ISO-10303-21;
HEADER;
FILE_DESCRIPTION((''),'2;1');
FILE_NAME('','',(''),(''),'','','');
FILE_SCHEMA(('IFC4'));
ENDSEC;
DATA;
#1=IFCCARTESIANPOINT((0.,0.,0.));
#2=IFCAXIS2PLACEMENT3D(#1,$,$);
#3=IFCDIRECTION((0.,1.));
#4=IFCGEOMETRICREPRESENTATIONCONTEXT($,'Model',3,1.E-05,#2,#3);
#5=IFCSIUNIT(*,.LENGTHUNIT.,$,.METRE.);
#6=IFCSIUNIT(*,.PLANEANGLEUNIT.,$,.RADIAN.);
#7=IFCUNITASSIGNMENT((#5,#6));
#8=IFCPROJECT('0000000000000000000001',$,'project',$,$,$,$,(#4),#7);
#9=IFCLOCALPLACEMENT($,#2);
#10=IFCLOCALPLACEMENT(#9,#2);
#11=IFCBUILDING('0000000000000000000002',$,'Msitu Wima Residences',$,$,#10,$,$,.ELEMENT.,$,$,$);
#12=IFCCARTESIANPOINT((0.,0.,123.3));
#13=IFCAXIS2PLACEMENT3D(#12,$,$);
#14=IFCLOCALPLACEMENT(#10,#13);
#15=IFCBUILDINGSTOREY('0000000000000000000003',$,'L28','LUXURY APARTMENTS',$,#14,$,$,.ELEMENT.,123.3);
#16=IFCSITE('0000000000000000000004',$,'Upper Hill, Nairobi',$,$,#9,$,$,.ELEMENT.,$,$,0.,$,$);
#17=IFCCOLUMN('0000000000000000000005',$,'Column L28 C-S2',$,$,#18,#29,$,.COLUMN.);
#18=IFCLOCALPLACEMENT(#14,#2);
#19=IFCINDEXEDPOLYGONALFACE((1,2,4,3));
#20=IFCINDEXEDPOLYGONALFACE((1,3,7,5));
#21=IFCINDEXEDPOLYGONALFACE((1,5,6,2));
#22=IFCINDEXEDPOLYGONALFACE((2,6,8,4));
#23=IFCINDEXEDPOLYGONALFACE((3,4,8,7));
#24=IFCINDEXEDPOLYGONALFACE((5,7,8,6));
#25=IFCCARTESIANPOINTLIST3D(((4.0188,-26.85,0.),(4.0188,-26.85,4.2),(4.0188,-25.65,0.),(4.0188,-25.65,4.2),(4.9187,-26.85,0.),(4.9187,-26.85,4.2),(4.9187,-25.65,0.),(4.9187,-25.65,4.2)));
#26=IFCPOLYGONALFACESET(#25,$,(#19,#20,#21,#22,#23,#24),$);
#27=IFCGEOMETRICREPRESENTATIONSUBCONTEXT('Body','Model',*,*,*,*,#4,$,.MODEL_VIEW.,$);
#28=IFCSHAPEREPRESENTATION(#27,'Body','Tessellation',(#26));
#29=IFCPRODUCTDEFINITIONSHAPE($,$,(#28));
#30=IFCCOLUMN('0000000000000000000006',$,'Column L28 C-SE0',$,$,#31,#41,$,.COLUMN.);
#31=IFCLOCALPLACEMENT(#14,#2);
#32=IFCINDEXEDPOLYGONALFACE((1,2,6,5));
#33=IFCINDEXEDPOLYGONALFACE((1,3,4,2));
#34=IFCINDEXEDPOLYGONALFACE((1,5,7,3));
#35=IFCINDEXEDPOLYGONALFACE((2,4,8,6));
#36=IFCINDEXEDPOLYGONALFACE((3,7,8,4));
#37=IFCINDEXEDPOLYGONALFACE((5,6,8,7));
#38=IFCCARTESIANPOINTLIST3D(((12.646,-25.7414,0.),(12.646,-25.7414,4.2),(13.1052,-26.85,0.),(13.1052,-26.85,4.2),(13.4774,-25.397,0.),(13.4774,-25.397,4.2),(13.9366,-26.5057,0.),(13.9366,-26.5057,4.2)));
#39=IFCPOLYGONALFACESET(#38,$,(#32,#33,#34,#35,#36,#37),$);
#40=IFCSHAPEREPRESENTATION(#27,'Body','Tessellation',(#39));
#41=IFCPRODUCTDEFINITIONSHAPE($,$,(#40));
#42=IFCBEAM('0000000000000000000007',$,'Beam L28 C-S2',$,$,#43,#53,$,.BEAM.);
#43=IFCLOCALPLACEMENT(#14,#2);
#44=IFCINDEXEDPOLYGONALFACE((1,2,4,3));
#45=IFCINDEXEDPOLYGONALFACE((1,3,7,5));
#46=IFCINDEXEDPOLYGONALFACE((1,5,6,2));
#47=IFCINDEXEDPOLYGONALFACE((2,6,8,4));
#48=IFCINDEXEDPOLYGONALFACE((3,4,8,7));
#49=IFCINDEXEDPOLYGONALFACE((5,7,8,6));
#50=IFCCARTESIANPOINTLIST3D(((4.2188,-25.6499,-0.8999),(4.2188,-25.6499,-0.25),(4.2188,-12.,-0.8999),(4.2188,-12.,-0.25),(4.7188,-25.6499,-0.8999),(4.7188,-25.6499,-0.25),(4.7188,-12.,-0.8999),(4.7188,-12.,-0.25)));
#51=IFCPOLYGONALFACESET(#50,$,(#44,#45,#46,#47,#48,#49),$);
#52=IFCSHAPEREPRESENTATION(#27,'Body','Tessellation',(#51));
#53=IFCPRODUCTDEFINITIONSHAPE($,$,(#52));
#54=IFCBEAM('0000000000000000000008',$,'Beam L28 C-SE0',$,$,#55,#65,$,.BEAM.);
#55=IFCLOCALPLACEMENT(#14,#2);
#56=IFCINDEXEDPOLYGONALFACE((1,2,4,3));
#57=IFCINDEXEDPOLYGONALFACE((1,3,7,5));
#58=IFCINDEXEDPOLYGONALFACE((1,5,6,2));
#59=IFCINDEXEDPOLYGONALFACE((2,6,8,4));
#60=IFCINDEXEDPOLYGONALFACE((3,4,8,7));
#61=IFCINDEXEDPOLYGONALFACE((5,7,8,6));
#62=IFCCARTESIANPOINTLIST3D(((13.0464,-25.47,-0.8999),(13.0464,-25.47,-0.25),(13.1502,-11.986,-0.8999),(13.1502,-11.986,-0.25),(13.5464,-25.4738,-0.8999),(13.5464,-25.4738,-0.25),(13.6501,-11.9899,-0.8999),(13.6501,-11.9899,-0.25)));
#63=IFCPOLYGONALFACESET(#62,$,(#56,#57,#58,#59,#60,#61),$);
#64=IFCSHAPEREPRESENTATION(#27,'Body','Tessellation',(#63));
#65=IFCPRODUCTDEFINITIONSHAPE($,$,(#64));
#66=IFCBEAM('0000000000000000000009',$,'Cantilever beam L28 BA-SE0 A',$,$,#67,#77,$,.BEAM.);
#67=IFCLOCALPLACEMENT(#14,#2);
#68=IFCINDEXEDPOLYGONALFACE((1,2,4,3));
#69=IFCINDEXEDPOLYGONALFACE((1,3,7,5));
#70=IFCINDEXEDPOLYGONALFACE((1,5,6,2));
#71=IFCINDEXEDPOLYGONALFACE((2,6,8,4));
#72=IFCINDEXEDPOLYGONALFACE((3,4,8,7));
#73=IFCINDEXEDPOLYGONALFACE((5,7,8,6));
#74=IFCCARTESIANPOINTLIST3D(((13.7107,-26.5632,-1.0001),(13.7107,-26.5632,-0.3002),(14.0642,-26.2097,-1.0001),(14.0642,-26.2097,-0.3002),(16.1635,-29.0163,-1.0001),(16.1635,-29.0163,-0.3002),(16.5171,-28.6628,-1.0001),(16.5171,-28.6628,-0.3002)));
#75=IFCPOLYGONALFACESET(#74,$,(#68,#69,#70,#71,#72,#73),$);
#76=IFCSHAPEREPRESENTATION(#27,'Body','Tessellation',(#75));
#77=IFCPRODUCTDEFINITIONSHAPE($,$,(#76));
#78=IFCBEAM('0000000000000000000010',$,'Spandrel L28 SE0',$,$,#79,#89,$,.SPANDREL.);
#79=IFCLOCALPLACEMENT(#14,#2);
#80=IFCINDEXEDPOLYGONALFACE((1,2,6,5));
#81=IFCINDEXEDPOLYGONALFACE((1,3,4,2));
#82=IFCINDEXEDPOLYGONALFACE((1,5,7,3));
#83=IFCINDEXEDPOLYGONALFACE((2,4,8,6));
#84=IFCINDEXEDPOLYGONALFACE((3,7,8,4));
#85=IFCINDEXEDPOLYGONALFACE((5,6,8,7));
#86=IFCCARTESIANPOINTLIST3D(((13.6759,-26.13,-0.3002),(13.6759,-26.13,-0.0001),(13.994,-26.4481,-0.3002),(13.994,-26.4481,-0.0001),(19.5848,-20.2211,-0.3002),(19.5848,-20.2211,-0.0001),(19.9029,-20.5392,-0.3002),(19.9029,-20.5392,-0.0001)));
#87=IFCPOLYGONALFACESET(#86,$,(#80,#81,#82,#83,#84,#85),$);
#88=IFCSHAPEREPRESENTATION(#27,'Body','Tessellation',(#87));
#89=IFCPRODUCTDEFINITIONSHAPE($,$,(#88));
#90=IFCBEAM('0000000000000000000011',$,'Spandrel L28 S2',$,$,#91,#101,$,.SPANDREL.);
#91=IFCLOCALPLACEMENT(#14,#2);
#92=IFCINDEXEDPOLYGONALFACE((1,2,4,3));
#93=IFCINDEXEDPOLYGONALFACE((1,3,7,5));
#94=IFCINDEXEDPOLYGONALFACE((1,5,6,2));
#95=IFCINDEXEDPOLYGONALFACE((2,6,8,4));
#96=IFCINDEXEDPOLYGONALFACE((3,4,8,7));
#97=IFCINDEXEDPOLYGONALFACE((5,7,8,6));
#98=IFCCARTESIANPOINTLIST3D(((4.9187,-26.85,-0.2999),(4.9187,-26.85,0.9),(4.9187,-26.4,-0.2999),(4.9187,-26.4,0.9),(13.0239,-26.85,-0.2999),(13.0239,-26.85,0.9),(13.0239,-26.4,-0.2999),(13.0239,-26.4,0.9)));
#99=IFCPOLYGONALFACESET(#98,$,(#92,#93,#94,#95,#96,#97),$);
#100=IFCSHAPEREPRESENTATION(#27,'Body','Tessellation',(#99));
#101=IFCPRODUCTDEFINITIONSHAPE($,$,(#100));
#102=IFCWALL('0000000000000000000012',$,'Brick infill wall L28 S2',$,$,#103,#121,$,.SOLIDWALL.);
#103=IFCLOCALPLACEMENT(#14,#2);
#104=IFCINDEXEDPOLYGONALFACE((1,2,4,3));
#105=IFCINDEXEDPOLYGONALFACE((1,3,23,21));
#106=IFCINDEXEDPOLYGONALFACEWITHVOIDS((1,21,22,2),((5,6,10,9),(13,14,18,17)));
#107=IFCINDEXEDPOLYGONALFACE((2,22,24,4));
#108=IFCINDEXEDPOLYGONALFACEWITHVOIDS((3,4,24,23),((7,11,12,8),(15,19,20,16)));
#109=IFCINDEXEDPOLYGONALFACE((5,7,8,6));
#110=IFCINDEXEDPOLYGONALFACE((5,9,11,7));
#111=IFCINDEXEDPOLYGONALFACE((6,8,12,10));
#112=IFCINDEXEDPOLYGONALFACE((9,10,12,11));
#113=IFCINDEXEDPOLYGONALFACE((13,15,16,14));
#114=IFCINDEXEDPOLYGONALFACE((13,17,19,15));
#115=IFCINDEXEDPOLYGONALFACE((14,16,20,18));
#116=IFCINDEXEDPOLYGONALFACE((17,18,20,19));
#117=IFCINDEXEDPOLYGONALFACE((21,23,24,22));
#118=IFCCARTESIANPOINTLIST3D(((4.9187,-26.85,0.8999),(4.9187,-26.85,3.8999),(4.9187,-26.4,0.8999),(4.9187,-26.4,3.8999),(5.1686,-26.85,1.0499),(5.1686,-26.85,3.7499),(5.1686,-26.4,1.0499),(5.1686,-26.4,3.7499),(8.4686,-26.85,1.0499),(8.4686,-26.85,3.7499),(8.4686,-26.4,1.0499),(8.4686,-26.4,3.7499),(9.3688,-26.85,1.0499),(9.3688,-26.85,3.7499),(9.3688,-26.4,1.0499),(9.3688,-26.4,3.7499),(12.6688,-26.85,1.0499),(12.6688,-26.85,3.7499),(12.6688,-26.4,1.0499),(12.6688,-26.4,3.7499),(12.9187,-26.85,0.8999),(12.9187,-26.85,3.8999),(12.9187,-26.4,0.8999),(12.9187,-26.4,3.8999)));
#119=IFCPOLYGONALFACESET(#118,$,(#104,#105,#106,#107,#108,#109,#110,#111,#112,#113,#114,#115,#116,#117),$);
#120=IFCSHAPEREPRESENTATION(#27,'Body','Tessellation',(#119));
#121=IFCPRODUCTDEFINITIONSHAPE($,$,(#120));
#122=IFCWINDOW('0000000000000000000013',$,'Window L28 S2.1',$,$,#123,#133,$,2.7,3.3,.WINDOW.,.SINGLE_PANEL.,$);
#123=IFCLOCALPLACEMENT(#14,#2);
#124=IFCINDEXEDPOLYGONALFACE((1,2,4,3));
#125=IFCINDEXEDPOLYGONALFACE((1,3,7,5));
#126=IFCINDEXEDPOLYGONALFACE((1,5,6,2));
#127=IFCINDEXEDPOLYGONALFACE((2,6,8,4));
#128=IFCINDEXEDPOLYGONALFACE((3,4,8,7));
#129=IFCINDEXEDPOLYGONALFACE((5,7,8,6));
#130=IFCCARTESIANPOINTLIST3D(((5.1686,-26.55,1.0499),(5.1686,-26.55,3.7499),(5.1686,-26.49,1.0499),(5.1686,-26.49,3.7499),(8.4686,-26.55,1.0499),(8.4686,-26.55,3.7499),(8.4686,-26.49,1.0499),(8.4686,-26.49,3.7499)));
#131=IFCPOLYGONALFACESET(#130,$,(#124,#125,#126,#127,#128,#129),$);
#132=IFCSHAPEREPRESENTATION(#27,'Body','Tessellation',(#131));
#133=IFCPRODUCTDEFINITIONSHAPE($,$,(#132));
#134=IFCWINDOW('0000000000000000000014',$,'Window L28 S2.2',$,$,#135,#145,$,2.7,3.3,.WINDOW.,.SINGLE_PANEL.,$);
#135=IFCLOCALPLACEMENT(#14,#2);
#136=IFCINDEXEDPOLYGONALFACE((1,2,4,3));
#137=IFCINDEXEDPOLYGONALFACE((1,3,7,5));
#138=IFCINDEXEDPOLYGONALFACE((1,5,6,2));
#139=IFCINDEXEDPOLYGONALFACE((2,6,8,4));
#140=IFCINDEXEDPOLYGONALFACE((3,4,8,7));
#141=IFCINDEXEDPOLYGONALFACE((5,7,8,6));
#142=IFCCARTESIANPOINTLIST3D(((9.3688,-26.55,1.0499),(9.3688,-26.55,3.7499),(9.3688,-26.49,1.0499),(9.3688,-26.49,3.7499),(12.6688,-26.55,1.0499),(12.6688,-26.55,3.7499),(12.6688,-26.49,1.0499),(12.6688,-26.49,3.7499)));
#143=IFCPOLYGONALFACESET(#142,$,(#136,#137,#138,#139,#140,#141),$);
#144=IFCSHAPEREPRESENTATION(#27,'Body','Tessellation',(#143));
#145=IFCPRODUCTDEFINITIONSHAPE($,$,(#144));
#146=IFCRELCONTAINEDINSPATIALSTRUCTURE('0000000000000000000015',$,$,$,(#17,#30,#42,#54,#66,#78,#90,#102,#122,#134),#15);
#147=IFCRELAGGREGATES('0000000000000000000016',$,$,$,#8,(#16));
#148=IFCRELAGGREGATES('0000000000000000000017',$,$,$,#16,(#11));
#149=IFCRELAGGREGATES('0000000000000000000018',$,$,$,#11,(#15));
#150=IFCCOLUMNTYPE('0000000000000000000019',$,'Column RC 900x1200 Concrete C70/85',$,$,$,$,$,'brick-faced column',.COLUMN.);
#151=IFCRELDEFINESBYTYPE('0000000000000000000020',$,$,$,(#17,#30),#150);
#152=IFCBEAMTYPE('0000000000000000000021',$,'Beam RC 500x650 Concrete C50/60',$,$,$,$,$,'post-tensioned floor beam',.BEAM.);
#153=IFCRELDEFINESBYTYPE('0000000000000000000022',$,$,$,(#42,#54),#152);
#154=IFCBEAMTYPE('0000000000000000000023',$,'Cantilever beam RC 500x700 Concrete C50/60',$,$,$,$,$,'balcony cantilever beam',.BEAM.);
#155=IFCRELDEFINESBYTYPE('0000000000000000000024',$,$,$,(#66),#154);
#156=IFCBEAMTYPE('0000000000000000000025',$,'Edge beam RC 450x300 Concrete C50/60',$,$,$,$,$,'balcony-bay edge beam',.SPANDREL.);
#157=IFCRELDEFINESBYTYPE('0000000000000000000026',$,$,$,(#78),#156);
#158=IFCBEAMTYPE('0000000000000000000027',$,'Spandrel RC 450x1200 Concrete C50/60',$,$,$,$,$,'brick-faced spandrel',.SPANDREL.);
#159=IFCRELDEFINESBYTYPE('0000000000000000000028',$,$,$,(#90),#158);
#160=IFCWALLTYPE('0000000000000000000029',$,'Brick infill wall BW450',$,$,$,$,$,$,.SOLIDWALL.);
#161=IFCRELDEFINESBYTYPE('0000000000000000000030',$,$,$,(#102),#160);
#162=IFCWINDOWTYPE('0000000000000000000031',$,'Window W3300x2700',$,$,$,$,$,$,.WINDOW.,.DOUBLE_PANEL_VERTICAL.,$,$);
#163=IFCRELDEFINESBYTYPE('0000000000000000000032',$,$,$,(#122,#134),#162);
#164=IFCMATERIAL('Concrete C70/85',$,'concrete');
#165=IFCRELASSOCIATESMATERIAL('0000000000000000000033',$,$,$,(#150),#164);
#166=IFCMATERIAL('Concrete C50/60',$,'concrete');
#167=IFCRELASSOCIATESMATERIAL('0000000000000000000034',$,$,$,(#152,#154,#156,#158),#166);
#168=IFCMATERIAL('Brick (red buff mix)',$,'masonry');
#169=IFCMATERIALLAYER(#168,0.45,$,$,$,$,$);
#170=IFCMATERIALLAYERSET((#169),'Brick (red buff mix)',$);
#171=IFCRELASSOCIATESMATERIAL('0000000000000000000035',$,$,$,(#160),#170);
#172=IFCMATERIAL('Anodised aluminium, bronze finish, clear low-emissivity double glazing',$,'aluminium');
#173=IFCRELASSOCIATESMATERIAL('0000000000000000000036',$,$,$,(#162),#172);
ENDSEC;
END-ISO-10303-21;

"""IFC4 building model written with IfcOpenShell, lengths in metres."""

from ifc_helpers import new_model, si_unit, direction, frame, frame_2d, origin, origin_2d, place, context, subcontext, project, spatial, rectangle, extrude, material, layer, layer_set, material_profile, profile_set, type_object, element, fill, save


model = new_model("IFC4")

# Units and contexts
model_context = context("Model", 3, precision=1e-05, world=origin(), true_north=direction((0.0, 1.0)))
body_context = subcontext(model_context, "Body", "Model", "MODEL_VIEW")
ifc_project = project(units=[si_unit("LENGTHUNIT", "METRE"), si_unit("PLANEANGLEUNIT", "RADIAN")], contexts=[model_context])

# Site, building, storey
site_placement = place(None, origin())
site = spatial("IfcSite", under=ifc_project, at=site_placement, Name="Upper Hill, Nairobi", CompositionType="ELEMENT", RefElevation=0.0)
building_placement = place(site_placement, origin())
building = spatial("IfcBuilding", under=site, at=building_placement, Name="Msitu Wima Residences", CompositionType="ELEMENT")
storey_placement = place(building_placement, frame((0.0, 0.0, 123.3)))
storey = spatial("IfcBuildingStorey", under=building, at=storey_placement, Name="L28", Description="LUXURY APARTMENTS", CompositionType="ELEMENT", Elevation=123.3)

# Columns
ifc_material_1 = material(Name="Concrete C70/85", Category="concrete")
ifc_material_profile_1 = material_profile(ifc_material_1, rectangle(XDim=0.8999, YDim=1.2, at=origin_2d()), Name="RC 900x1200")
ifc_profile_set_1 = profile_set([ifc_material_profile_1], Name="Concrete C70/85")
column_type = type_object("IfcColumnType", Name="Column RC 900x1200 Concrete C70/85", ElementType="brick-faced column", PredefinedType="COLUMN", material=ifc_profile_set_1)
for number, where, z_axis, x_axis, name in (
    (1, (4.4688, -26.25, 0.0), (0.0, 0.0, 1.0), (1.0, 0.0, 0.0), "Column L28 C-S2"),
    (2, (13.2913, -26.1235, 0.0), (0.0, 0.0, 1.0), (0.92388, 0.382683, 0.0), "Column L28 C-SE0"),
):
    element("IfcColumn", number, at=place(storey_placement, frame(where, z_axis=z_axis, x_axis=x_axis)), inside=storey, type_object=column_type, Name=name, PredefinedType="COLUMN", context=body_context, shape_type="SweptSolid", body=[
        extrude(rectangle(XDim=0.8999, YDim=1.2, at=origin_2d()), origin(), (0.0, 0.0, 1.0), 4.2),
    ])

# Beams
ifc_material_2 = material(Name="Concrete C50/60", Category="concrete")
ifc_material_profile_2 = material_profile(ifc_material_2, rectangle(XDim=0.5, YDim=0.6499, at=origin_2d()), Name="RC 500x650")
ifc_profile_set_2 = profile_set([ifc_material_profile_2], Name="Concrete C50/60")
beam_type_1 = type_object("IfcBeamType", Name="Beam RC 500x650 Concrete C50/60", ElementType="post-tensioned floor beam", PredefinedType="BEAM", material=ifc_profile_set_2)
beam_1_placement = place(storey_placement, frame((4.4688, -25.6499, -0.575), z_axis=(0.0, 1.0, 0.0), x_axis=(-1.0, 0.0, 0.0)))
element("IfcBeam", 3, at=beam_1_placement, inside=storey, type_object=beam_type_1, Name="Beam L28 C-S2", PredefinedType="BEAM", context=body_context, shape_type="SweptSolid", body=[
    extrude(rectangle(XDim=0.5, YDim=0.6499, at=origin_2d()), origin(), (0.0, 0.0, 1.0), 13.6499),
])
beam_2_placement = place(storey_placement, frame((13.2964, -25.4719, -0.575), z_axis=(0.007695, 0.99997, 0.0), x_axis=(-0.99997, 0.007695, 0.0)))
element("IfcBeam", 4, at=beam_2_placement, inside=storey, type_object=beam_type_1, Name="Beam L28 C-SE0", PredefinedType="BEAM", context=body_context, shape_type="SweptSolid", body=[
    extrude(rectangle(XDim=0.5, YDim=0.6499, at=origin_2d()), origin(), (0.0, 0.0, 1.0), 13.4844),
])
ifc_material_profile_3 = material_profile(ifc_material_2, rectangle(XDim=0.5, YDim=0.7, at=origin_2d()), Name="RC 500x700")
ifc_profile_set_3 = profile_set([ifc_material_profile_3], Name="Concrete C50/60")
beam_type_2 = type_object("IfcBeamType", Name="Cantilever beam RC 500x700 Concrete C50/60", ElementType="balcony cantilever beam", PredefinedType="BEAM", material=ifc_profile_set_3)
beam_3_placement = place(storey_placement, frame((13.8875, -26.3865, -0.6501), z_axis=(0.707072, -0.707142, 0.0), x_axis=(0.707142, 0.707072, 0.0)))
element("IfcBeam", 5, at=beam_3_placement, inside=storey, type_object=beam_type_2, Name="Cantilever beam L28 BA-SE0 A", PredefinedType="BEAM", context=body_context, shape_type="SweptSolid", body=[
    extrude(rectangle(XDim=0.5, YDim=0.7, at=origin_2d()), origin(), (0.0, 0.0, 1.0), 3.469),
])
ifc_material_profile_4 = material_profile(ifc_material_2, rectangle(XDim=0.45, YDim=0.3, at=origin_2d()), Name="RC 450x300")
ifc_profile_set_4 = profile_set([ifc_material_profile_4], Name="Concrete C50/60")
beam_type_3 = type_object("IfcBeamType", Name="Edge beam RC 450x300 Concrete C50/60", ElementType="balcony-bay edge beam", PredefinedType="SPANDREL", material=ifc_profile_set_4)
beam_4_placement = place(storey_placement, frame((13.835, -26.2891, -0.1501), z_axis=(0.707107, 0.707107, 0.0), x_axis=(-0.707107, 0.707107, 0.0)))
element("IfcBeam", 6, at=beam_4_placement, inside=storey, type_object=beam_type_3, Name="Spandrel L28 SE0", PredefinedType="SPANDREL", context=body_context, shape_type="SweptSolid", body=[
    extrude(rectangle(XDim=0.45, YDim=0.3, at=origin_2d()), origin(), (0.0, 0.0, 1.0), 8.3564),
])
ifc_material_profile_5 = material_profile(ifc_material_2, rectangle(XDim=0.45, YDim=1.2, at=origin_2d()), Name="RC 450x1200")
ifc_profile_set_5 = profile_set([ifc_material_profile_5], Name="Concrete C50/60")
beam_type_4 = type_object("IfcBeamType", Name="Spandrel RC 450x1200 Concrete C50/60", ElementType="brick-faced spandrel", PredefinedType="SPANDREL", material=ifc_profile_set_5)
beam_5_placement = place(storey_placement, frame((4.9187, -26.625, 0.3), z_axis=(1.0, 0.0, 0.0), x_axis=(0.0, 1.0, 0.0)))
element("IfcBeam", 7, at=beam_5_placement, inside=storey, type_object=beam_type_4, Name="Spandrel L28 S2", PredefinedType="SPANDREL", context=body_context, shape_type="SweptSolid", body=[
    extrude(rectangle(XDim=0.45, YDim=1.2, at=origin_2d()), origin(), (0.0, 0.0, 1.0), 8.1052),
])

# Wall, openings, windows
ifc_material_3 = material(Name="Brick (red buff mix)", Category="masonry")
ifc_layer_1 = layer(ifc_material_3, 0.45)
ifc_layer_set_1 = layer_set([ifc_layer_1], Name="Brick (red buff mix)")
wall_type_1 = type_object("IfcWallType", Name="Brick infill wall BW450", PredefinedType="SOLIDWALL", material=ifc_layer_set_1)
wall_1_placement = place(storey_placement, frame((4.9187, -26.625, 0.8999), z_axis=(0.0, 0.0, 1.0), x_axis=(1.0, 0.0, 0.0)))
wall_1 = element("IfcWall", 8, at=wall_1_placement, inside=storey, type_object=wall_type_1, Name="Brick infill wall L28 S2", PredefinedType="SOLIDWALL", context=body_context, shape_type="SweptSolid", body=[
    extrude(rectangle(XDim=8.0, YDim=0.45, at=frame_2d((4.0, 0.0))), origin(), (0.0, 0.0, 1.0), 3.0),
])
opening_1_placement = place(wall_1_placement, frame((0.25, 0.0, 0.1499)))
opening_1 = element("IfcOpeningElement", 9, at=opening_1_placement, cuts=wall_1, PredefinedType="OPENING", context=body_context, shape_type="SweptSolid", body=[
    extrude(rectangle(XDim=3.3, YDim=2.7, at=frame_2d((1.6499, 1.3501))), frame((0.0, 0.2349, 0.0), z_axis=(0.0, -1.0, 0.0), x_axis=(1.0, 0.0, 0.0)), (0.0, 0.0, 1.0), 0.47),
])
opening_2_placement = place(wall_1_placement, frame((4.4502, 0.0, 0.1499)))
opening_2 = element("IfcOpeningElement", 10, at=opening_2_placement, cuts=wall_1, PredefinedType="OPENING", context=body_context, shape_type="SweptSolid", body=[
    extrude(rectangle(XDim=3.3, YDim=2.7, at=frame_2d((1.6499, 1.3501))), frame((0.0, 0.2349, 0.0), z_axis=(0.0, -1.0, 0.0), x_axis=(1.0, 0.0, 0.0)), (0.0, 0.0, 1.0), 0.47),
])
ifc_material_4 = material(Name="Anodised aluminium, bronze finish, clear low-emissivity double glazing", Category="aluminium")
window_type = type_object("IfcWindowType", Name="Window W3300x2700", PartitioningType="DOUBLE_PANEL_VERTICAL", PredefinedType="WINDOW", material=ifc_material_4)
window_1_placement = place(opening_1_placement, origin())
window_1 = element("IfcWindow", 11, at=window_1_placement, inside=storey, type_object=window_type, Name="Window L28 S2.1", OverallHeight=2.7, OverallWidth=3.3, PartitioningType="SINGLE_PANEL", PredefinedType="WINDOW", context=body_context, shape_type="SweptSolid", body=[
    extrude(rectangle(XDim=3.3, YDim=2.7, at=frame_2d((1.6499, 1.3501))), frame((0.0, 0.135, 0.0), z_axis=(0.0, -1.0, 0.0), x_axis=(1.0, 0.0, 0.0)), (0.0, 0.0, 1.0), 0.0601),
])
fill(opening_1, window_1)
window_2_placement = place(opening_2_placement, origin())
window_2 = element("IfcWindow", 12, at=window_2_placement, inside=storey, type_object=window_type, Name="Window L28 S2.2", OverallHeight=2.7, OverallWidth=3.3, PartitioningType="SINGLE_PANEL", PredefinedType="WINDOW", context=body_context, shape_type="SweptSolid", body=[
    extrude(rectangle(XDim=3.3, YDim=2.7, at=frame_2d((1.6499, 1.3501))), frame((0.0, 0.135, 0.0), z_axis=(0.0, -1.0, 0.0), x_axis=(1.0, 0.0, 0.0)), (0.0, 0.0, 1.0), 0.0601),
])
fill(opening_2, window_2)

save(model, "model.ifc")
